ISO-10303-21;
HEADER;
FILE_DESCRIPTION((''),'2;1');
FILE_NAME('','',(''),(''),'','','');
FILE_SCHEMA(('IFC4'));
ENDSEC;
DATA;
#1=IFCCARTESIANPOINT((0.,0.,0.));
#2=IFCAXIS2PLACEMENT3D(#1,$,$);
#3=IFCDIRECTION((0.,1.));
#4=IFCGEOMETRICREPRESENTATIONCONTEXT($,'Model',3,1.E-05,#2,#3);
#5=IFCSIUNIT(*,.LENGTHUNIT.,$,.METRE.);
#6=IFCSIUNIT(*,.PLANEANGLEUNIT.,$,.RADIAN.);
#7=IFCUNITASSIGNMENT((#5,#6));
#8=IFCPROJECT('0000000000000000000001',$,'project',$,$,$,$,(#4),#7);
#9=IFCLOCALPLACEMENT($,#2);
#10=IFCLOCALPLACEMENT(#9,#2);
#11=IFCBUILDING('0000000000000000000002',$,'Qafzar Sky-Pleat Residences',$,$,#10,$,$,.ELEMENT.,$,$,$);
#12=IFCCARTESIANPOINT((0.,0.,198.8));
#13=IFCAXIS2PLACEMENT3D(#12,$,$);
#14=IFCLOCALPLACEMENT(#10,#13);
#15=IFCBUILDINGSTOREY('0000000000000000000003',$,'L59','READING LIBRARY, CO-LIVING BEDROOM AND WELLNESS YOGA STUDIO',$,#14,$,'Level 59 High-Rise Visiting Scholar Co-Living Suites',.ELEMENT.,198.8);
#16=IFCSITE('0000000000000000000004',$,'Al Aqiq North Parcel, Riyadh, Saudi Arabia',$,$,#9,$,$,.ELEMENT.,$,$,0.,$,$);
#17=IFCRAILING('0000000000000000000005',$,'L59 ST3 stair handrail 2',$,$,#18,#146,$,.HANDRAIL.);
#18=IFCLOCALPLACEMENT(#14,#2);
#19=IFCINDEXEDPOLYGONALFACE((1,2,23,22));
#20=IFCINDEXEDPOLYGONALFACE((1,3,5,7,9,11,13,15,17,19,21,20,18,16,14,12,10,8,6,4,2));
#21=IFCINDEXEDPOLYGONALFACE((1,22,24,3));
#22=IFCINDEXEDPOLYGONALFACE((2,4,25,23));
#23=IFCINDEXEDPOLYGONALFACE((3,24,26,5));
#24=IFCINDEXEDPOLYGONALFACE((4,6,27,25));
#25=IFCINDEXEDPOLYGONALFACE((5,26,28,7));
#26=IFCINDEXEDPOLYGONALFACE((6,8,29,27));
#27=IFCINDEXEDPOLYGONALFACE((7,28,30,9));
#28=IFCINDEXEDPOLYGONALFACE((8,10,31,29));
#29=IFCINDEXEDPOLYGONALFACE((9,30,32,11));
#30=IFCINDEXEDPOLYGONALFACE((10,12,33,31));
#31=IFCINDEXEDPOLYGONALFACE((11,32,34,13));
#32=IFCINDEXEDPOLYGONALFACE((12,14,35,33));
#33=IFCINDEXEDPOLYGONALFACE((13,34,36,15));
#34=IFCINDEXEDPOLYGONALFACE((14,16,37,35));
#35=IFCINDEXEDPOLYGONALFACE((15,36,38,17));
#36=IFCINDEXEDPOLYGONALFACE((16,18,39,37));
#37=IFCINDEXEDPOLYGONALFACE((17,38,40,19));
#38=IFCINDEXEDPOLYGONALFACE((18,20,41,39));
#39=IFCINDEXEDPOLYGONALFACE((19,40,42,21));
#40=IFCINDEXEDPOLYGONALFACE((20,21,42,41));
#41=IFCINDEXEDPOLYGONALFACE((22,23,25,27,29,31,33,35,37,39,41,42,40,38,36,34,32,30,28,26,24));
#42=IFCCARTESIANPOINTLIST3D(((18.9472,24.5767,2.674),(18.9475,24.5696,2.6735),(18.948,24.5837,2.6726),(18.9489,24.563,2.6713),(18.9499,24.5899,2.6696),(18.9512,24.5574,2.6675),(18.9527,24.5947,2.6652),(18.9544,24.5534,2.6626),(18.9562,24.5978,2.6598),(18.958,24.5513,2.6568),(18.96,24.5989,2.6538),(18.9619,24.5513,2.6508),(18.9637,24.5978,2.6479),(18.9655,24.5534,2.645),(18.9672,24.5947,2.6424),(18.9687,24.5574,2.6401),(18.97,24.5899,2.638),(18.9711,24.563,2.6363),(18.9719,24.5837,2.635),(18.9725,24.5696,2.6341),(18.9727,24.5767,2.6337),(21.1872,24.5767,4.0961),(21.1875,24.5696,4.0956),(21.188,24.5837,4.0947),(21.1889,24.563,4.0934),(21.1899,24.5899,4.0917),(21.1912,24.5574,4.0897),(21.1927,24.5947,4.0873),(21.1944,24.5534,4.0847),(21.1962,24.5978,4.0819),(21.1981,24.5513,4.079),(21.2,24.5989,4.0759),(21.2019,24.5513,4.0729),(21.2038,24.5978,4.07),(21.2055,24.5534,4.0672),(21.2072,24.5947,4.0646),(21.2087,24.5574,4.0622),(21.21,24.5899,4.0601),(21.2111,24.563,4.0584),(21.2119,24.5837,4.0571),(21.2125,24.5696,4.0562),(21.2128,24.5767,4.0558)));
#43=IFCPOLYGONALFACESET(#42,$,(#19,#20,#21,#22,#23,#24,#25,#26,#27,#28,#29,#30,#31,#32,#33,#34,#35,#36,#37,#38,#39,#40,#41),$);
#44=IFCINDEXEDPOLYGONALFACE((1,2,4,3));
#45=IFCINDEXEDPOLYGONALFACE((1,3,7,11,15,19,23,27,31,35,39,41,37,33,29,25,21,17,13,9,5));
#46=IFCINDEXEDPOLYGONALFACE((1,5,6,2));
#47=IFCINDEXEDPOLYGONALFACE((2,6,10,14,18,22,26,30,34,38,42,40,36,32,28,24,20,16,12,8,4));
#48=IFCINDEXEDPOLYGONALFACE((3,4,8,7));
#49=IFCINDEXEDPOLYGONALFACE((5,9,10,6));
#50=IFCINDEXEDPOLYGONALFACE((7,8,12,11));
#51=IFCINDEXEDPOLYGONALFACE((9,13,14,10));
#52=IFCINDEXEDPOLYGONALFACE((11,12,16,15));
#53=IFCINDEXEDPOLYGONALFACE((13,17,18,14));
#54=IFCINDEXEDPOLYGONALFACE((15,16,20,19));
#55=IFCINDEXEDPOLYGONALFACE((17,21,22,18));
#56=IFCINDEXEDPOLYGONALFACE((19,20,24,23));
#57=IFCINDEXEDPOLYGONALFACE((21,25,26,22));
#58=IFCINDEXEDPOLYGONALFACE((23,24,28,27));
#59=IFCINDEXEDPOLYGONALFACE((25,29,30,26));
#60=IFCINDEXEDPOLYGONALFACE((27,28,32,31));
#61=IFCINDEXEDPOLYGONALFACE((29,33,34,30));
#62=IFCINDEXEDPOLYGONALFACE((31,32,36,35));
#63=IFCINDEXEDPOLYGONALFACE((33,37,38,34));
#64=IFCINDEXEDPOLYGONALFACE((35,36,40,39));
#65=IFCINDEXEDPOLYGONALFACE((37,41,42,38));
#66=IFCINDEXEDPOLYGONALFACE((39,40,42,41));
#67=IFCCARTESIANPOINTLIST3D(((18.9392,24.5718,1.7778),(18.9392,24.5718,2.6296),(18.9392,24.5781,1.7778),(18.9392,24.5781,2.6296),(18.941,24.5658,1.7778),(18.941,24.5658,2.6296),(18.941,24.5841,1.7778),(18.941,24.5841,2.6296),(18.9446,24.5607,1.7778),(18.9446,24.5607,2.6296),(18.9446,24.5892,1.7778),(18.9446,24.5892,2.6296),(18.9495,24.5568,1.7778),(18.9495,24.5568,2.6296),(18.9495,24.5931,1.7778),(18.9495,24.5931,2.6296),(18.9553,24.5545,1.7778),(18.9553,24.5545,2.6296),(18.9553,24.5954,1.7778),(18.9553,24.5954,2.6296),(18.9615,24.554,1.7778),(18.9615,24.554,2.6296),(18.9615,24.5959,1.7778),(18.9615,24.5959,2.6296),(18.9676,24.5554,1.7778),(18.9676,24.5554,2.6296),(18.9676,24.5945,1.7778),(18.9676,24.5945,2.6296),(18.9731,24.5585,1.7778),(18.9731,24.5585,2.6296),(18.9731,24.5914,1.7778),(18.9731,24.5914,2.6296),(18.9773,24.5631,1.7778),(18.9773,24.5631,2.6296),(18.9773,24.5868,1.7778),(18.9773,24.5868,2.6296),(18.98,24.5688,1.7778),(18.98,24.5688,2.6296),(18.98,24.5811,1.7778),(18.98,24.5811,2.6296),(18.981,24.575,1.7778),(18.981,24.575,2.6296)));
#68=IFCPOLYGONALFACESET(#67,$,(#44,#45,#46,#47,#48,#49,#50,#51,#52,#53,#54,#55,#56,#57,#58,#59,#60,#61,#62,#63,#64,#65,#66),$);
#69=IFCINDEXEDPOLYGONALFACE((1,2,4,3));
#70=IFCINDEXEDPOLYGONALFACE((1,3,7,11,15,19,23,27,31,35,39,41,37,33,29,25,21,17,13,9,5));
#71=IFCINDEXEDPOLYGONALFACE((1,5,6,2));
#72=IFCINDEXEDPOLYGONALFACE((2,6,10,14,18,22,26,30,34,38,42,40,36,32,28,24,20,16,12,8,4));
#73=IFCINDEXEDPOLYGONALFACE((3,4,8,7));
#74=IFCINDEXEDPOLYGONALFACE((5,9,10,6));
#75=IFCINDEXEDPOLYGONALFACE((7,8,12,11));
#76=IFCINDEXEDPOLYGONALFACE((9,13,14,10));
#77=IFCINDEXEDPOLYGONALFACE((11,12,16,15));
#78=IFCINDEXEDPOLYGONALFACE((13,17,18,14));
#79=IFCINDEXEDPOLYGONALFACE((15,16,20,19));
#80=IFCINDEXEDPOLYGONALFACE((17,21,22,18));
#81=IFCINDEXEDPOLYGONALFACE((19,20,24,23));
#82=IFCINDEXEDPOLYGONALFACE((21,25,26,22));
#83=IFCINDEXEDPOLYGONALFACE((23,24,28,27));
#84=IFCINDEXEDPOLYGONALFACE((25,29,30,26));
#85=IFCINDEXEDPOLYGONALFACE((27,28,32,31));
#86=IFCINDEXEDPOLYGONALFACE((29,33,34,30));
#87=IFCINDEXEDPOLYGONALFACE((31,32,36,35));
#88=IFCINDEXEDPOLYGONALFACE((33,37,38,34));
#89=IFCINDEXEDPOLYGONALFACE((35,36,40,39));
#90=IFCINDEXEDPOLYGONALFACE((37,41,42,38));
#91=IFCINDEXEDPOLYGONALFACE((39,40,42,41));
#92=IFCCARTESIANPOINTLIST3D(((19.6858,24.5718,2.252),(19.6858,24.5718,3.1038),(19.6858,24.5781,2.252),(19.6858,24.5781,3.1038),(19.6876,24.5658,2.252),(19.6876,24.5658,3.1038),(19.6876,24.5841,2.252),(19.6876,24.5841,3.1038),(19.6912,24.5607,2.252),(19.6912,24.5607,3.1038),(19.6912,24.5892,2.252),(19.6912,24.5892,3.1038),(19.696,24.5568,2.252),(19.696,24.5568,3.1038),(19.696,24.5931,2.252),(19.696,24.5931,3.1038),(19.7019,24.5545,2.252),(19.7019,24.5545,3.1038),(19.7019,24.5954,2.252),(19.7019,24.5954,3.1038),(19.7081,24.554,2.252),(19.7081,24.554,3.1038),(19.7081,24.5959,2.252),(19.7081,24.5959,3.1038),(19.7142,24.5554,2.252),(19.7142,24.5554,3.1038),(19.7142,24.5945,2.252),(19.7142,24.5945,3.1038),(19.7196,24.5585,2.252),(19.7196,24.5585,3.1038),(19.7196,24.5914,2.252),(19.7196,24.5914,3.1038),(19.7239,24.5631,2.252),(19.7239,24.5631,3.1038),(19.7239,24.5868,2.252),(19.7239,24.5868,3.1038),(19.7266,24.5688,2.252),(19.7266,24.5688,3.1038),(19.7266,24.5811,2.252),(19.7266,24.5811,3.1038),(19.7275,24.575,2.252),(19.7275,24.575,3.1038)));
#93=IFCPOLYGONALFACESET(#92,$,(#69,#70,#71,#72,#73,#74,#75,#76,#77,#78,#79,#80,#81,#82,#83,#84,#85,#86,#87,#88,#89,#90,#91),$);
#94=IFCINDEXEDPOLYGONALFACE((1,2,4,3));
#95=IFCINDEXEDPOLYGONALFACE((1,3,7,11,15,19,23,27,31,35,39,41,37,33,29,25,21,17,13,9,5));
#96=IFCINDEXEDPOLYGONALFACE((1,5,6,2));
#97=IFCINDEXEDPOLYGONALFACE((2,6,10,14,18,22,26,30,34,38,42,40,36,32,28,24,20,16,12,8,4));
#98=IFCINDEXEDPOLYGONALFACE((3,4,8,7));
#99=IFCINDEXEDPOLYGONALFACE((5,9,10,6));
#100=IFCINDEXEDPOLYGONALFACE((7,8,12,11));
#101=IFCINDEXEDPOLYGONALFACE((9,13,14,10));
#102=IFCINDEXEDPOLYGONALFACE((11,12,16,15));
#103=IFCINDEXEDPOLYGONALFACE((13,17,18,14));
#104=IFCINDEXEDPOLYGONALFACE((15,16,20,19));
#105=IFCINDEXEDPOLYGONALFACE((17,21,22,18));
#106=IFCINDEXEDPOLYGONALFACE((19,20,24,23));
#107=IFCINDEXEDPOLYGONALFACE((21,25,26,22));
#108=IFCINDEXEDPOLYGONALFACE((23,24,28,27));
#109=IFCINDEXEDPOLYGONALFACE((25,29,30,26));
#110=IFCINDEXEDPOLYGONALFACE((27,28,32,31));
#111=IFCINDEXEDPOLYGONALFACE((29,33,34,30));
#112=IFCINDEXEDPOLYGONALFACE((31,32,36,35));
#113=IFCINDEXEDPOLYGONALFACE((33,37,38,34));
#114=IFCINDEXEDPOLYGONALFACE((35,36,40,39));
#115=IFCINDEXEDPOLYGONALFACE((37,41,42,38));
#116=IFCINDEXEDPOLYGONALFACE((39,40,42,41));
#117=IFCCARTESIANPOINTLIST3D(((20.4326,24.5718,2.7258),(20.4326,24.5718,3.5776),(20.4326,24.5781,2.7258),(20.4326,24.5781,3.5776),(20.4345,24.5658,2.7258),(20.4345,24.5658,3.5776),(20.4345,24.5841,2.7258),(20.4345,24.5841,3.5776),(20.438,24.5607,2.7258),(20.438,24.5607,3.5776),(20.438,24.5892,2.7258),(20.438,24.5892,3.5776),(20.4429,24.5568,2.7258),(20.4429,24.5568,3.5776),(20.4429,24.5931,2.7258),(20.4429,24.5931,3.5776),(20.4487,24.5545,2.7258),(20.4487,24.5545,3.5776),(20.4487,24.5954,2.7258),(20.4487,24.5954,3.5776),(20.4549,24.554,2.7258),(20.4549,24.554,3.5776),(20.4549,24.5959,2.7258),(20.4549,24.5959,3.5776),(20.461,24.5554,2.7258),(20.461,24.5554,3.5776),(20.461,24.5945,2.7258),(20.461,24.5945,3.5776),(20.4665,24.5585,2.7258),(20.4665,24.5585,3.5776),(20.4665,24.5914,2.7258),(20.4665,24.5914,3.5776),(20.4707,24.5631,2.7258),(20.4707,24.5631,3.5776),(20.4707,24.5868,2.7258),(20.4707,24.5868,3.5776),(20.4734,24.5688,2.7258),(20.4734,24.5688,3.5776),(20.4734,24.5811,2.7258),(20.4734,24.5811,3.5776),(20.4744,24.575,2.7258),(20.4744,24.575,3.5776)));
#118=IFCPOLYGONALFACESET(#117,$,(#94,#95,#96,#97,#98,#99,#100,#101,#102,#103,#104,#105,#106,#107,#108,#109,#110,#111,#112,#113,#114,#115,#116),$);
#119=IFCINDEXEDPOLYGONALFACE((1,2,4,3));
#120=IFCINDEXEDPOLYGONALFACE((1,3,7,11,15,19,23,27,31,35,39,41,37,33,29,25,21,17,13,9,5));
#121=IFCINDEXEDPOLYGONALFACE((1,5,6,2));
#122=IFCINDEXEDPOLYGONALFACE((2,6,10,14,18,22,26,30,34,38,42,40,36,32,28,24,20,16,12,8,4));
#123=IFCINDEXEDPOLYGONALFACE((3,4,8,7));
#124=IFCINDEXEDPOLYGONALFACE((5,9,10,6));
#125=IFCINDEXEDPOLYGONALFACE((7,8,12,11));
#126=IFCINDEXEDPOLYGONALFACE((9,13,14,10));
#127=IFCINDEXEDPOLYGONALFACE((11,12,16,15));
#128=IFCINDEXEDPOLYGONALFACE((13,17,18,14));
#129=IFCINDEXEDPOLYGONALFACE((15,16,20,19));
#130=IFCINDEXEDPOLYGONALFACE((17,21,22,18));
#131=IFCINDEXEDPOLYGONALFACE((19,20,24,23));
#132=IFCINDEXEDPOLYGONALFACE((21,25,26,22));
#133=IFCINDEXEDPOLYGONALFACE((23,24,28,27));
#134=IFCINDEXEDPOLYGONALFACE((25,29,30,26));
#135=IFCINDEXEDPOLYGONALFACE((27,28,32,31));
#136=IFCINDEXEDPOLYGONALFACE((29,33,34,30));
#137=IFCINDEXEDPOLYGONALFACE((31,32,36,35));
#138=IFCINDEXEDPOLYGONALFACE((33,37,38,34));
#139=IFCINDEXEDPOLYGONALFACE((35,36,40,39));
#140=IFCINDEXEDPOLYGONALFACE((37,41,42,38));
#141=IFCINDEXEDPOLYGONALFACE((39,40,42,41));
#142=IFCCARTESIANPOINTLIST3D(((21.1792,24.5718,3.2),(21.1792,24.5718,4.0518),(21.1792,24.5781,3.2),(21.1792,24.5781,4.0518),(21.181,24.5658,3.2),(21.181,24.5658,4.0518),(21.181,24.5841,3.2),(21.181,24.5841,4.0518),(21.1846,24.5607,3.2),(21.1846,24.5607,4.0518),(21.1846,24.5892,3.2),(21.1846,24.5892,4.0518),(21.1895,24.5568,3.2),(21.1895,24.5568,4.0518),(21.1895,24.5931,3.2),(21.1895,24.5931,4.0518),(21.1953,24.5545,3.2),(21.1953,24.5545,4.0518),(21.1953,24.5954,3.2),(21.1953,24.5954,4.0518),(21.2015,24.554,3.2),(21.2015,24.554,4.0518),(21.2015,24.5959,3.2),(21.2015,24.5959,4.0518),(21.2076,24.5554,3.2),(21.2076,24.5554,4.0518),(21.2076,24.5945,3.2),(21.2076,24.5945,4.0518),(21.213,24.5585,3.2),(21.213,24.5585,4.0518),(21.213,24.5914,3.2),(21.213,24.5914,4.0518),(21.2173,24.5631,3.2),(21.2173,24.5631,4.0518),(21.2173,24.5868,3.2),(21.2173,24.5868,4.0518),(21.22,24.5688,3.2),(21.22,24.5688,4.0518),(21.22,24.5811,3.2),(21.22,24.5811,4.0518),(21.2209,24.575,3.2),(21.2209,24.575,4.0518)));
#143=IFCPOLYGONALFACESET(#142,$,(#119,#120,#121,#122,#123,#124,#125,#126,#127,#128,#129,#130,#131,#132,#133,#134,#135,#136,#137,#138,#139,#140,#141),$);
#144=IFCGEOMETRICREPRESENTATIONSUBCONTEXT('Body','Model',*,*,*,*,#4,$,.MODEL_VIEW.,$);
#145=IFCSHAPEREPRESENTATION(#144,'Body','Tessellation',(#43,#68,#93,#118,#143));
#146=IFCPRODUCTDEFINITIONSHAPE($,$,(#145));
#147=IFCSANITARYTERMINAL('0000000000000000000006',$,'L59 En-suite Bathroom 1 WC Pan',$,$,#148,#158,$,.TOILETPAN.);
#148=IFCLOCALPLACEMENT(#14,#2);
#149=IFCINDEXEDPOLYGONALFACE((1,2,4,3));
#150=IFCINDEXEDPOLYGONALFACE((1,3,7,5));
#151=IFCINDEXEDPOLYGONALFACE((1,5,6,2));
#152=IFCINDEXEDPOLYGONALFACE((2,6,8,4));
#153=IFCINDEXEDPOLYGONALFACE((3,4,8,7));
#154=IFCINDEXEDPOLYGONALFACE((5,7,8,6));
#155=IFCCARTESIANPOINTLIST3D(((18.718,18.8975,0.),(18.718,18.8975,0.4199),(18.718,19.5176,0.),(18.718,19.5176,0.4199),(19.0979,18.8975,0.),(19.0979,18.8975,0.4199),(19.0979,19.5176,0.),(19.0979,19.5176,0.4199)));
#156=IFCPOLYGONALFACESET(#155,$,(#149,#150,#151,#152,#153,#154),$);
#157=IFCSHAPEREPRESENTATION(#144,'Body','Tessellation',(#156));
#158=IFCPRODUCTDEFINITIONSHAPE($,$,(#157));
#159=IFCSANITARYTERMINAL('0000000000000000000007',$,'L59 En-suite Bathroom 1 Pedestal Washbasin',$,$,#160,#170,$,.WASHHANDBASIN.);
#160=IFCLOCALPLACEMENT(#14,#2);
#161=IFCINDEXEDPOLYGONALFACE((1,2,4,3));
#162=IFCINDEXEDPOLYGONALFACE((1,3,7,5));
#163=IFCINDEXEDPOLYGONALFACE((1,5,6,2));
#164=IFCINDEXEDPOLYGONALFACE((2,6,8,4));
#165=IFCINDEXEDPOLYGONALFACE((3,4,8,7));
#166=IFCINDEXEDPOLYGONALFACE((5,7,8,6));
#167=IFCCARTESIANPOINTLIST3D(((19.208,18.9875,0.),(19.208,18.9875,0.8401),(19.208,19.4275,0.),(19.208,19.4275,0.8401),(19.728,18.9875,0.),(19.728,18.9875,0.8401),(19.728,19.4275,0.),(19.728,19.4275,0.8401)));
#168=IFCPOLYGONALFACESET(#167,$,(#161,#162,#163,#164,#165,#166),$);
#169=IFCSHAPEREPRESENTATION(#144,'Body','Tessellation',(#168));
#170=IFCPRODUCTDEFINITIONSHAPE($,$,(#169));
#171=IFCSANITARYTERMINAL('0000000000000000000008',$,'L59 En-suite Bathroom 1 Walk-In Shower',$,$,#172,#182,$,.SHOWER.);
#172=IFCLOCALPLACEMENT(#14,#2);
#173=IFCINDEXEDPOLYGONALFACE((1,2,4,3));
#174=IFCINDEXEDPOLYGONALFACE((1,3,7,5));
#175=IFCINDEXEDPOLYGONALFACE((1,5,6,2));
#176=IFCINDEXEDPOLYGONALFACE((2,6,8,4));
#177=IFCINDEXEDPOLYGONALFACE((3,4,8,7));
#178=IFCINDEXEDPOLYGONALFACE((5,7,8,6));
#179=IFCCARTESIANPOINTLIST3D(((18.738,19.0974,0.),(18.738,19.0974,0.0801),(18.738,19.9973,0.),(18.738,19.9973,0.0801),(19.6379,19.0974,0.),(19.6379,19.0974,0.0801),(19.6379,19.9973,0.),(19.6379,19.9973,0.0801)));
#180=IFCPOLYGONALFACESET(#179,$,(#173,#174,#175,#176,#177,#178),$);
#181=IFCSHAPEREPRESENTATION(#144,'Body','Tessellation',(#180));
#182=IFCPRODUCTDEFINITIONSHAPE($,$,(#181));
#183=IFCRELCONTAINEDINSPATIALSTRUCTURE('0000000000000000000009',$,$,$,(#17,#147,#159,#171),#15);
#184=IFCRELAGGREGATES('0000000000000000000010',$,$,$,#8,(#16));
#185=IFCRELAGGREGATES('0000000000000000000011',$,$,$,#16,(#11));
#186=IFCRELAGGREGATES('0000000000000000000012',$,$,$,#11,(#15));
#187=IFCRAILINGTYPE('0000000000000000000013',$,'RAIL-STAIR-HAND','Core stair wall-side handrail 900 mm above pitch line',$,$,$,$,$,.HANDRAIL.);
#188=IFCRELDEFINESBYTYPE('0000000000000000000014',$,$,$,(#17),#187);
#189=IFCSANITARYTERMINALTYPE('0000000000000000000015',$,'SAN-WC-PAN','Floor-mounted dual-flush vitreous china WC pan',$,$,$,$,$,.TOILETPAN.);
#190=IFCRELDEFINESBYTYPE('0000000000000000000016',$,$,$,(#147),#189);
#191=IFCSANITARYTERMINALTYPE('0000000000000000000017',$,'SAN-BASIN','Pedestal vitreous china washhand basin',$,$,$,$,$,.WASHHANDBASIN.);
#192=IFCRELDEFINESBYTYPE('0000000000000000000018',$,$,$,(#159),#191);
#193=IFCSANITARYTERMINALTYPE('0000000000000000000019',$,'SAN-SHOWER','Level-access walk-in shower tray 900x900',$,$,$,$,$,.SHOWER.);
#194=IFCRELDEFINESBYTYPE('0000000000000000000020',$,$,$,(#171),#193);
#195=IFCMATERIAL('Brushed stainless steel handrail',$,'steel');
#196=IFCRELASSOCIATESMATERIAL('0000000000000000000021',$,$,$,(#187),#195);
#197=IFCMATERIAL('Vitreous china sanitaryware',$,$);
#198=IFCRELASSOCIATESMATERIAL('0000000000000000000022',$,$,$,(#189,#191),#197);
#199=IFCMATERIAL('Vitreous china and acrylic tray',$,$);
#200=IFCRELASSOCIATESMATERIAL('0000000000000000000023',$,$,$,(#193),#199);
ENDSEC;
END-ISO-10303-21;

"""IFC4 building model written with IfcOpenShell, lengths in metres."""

from ifc_helpers import new_model, si_unit, direction, frame, origin, origin_2d, place, context, subcontext, project, spatial, rectangle, circle, extrude, source, transform, mapped, material, type_object, element, save


model = new_model("IFC4")

# Units and contexts
model_context = context("Model", 3, precision=1e-05, world=origin(), true_north=direction((0.0, 1.0)))
body_context = subcontext(model_context, "Body", "Model", "MODEL_VIEW")
ifc_project = project(units=[si_unit("LENGTHUNIT", "METRE"), si_unit("PLANEANGLEUNIT", "RADIAN")], contexts=[model_context])

# Site, building, storey
site_placement = place(None, origin())
site = spatial("IfcSite", under=ifc_project, at=site_placement, Name="Al Aqiq North Parcel, Riyadh, Saudi Arabia", CompositionType="ELEMENT", RefElevation=0.0)
building_placement = place(site_placement, origin())
building = spatial("IfcBuilding", under=site, at=building_placement, Name="Qafzar Sky-Pleat Residences", CompositionType="ELEMENT")
storey_placement = place(building_placement, frame((0.0, 0.0, 198.8)))
storey = spatial("IfcBuildingStorey", under=building, at=storey_placement, Name="L59", Description="READING LIBRARY, CO-LIVING BEDROOM AND WELLNESS YOGA STUDIO", LongName="Level 59 High-Rise Visiting Scholar Co-Living Suites", CompositionType="ELEMENT", Elevation=198.8)

# Railing
ifc_material_1 = material(Name="Brushed stainless steel handrail", Category="steel")
railing_type = type_object("IfcRailingType", Name="RAIL-STAIR-HAND", Description="Core stair wall-side handrail 900 mm above pitch line", PredefinedType="HANDRAIL", material=ifc_material_1)
shared_shape_1 = source(origin(), body_context, "Body", "SweptSolid", [
    extrude(circle(Radius=0.0239, at=origin_2d()), frame((0.0, 0.0, 0.876), z_axis=(0.844229, 0.0, 0.535982), x_axis=(0.0, 1.0, 0.0)), (0.0, 0.0, 1.0), 2.6533),
    extrude(circle(Radius=0.021, at=origin_2d()), origin(), (0.0, 0.0, 1.0), 0.8518),
    extrude(circle(Radius=0.021, at=origin_2d()), frame((0.7466, 0.0, 0.4741)), (0.0, 0.0, 1.0), 0.8518),
    extrude(circle(Radius=0.021, at=origin_2d()), frame((1.4934, 0.0, 0.948)), (0.0, 0.0, 1.0), 0.8518),
    extrude(circle(Radius=0.021, at=origin_2d()), frame((2.24, 0.0, 1.4221)), (0.0, 0.0, 1.0), 0.8518),
])
railing_placement = place(storey_placement, frame((18.96, 24.575, 1.7778)))
element("IfcRailing", 1, at=railing_placement, inside=storey, type_object=railing_type, Name="L59 ST3 stair handrail 2", PredefinedType="HANDRAIL", context=body_context, shape_type="MappedRepresentation", body=[
    mapped(shared_shape_1, transform((0.0, 0.0, 0.0), x_axis=(1.0, 0.0, 0.0), y_axis=(0.0, 1.0, 0.0), z_axis=(0.0, 0.0, 1.0), scale=1.0)),
])

# Sanitary terminals
ifc_material_2 = material(Name="Vitreous china sanitaryware")
sanitary_terminal_type_1 = type_object("IfcSanitaryTerminalType", Name="SAN-WC-PAN", Description="Floor-mounted dual-flush vitreous china WC pan", PredefinedType="TOILETPAN", material=ifc_material_2)
shared_shape_2 = source(origin(), body_context, "Body", "SweptSolid", [
    extrude(rectangle(XDim=0.3799, YDim=0.6201, at=origin_2d()), origin(), (0.0, 0.0, 1.0), 0.4199),
])
sanitary_terminal_1_placement = place(storey_placement, frame((18.908, 19.2075, 0.0), z_axis=(0.0, 0.0, 1.0), x_axis=(1.0, 0.0, 0.0)))
element("IfcSanitaryTerminal", 2, at=sanitary_terminal_1_placement, inside=storey, type_object=sanitary_terminal_type_1, Name="L59 En-suite Bathroom 1 WC Pan", PredefinedType="TOILETPAN", context=body_context, shape_type="MappedRepresentation", body=[
    mapped(shared_shape_2, transform((0.0, 0.0, 0.0), x_axis=(1.0, 0.0, 0.0), y_axis=(0.0, 1.0, 0.0), z_axis=(0.0, 0.0, 1.0), scale=1.0)),
])
sanitary_terminal_type_2 = type_object("IfcSanitaryTerminalType", Name="SAN-BASIN", Description="Pedestal vitreous china washhand basin", PredefinedType="WASHHANDBASIN", material=ifc_material_2)
shared_shape_3 = source(origin(), body_context, "Body", "SweptSolid", [
    extrude(rectangle(XDim=0.52, YDim=0.4399, at=origin_2d()), origin(), (0.0, 0.0, 1.0), 0.8401),
])
sanitary_terminal_2_placement = place(storey_placement, frame((19.468, 19.2075, 0.0), z_axis=(0.0, 0.0, 1.0), x_axis=(1.0, 0.0, 0.0)))
element("IfcSanitaryTerminal", 3, at=sanitary_terminal_2_placement, inside=storey, type_object=sanitary_terminal_type_2, Name="L59 En-suite Bathroom 1 Pedestal Washbasin", PredefinedType="WASHHANDBASIN", context=body_context, shape_type="MappedRepresentation", body=[
    mapped(shared_shape_3, transform((0.0, 0.0, 0.0), x_axis=(1.0, 0.0, 0.0), y_axis=(0.0, 1.0, 0.0), z_axis=(0.0, 0.0, 1.0), scale=1.0)),
])
ifc_material_3 = material(Name="Vitreous china and acrylic tray")
sanitary_terminal_type_3 = type_object("IfcSanitaryTerminalType", Name="SAN-SHOWER", Description="Level-access walk-in shower tray 900x900", PredefinedType="SHOWER", material=ifc_material_3)
shared_shape_4 = source(origin(), body_context, "Body", "SweptSolid", [
    extrude(rectangle(XDim=0.8999, YDim=0.8999, at=origin_2d()), origin(), (0.0, 0.0, 1.0), 0.0801),
])
sanitary_terminal_3_placement = place(storey_placement, frame((19.188, 19.5474, 0.0), z_axis=(0.0, 0.0, 1.0), x_axis=(1.0, 0.0, 0.0)))
element("IfcSanitaryTerminal", 4, at=sanitary_terminal_3_placement, inside=storey, type_object=sanitary_terminal_type_3, Name="L59 En-suite Bathroom 1 Walk-In Shower", PredefinedType="SHOWER", context=body_context, shape_type="MappedRepresentation", body=[
    mapped(shared_shape_4, transform((0.0, 0.0, 0.0), x_axis=(1.0, 0.0, 0.0), y_axis=(0.0, 1.0, 0.0), z_axis=(0.0, 0.0, 1.0), scale=1.0)),
])

save(model, "model.ifc")
